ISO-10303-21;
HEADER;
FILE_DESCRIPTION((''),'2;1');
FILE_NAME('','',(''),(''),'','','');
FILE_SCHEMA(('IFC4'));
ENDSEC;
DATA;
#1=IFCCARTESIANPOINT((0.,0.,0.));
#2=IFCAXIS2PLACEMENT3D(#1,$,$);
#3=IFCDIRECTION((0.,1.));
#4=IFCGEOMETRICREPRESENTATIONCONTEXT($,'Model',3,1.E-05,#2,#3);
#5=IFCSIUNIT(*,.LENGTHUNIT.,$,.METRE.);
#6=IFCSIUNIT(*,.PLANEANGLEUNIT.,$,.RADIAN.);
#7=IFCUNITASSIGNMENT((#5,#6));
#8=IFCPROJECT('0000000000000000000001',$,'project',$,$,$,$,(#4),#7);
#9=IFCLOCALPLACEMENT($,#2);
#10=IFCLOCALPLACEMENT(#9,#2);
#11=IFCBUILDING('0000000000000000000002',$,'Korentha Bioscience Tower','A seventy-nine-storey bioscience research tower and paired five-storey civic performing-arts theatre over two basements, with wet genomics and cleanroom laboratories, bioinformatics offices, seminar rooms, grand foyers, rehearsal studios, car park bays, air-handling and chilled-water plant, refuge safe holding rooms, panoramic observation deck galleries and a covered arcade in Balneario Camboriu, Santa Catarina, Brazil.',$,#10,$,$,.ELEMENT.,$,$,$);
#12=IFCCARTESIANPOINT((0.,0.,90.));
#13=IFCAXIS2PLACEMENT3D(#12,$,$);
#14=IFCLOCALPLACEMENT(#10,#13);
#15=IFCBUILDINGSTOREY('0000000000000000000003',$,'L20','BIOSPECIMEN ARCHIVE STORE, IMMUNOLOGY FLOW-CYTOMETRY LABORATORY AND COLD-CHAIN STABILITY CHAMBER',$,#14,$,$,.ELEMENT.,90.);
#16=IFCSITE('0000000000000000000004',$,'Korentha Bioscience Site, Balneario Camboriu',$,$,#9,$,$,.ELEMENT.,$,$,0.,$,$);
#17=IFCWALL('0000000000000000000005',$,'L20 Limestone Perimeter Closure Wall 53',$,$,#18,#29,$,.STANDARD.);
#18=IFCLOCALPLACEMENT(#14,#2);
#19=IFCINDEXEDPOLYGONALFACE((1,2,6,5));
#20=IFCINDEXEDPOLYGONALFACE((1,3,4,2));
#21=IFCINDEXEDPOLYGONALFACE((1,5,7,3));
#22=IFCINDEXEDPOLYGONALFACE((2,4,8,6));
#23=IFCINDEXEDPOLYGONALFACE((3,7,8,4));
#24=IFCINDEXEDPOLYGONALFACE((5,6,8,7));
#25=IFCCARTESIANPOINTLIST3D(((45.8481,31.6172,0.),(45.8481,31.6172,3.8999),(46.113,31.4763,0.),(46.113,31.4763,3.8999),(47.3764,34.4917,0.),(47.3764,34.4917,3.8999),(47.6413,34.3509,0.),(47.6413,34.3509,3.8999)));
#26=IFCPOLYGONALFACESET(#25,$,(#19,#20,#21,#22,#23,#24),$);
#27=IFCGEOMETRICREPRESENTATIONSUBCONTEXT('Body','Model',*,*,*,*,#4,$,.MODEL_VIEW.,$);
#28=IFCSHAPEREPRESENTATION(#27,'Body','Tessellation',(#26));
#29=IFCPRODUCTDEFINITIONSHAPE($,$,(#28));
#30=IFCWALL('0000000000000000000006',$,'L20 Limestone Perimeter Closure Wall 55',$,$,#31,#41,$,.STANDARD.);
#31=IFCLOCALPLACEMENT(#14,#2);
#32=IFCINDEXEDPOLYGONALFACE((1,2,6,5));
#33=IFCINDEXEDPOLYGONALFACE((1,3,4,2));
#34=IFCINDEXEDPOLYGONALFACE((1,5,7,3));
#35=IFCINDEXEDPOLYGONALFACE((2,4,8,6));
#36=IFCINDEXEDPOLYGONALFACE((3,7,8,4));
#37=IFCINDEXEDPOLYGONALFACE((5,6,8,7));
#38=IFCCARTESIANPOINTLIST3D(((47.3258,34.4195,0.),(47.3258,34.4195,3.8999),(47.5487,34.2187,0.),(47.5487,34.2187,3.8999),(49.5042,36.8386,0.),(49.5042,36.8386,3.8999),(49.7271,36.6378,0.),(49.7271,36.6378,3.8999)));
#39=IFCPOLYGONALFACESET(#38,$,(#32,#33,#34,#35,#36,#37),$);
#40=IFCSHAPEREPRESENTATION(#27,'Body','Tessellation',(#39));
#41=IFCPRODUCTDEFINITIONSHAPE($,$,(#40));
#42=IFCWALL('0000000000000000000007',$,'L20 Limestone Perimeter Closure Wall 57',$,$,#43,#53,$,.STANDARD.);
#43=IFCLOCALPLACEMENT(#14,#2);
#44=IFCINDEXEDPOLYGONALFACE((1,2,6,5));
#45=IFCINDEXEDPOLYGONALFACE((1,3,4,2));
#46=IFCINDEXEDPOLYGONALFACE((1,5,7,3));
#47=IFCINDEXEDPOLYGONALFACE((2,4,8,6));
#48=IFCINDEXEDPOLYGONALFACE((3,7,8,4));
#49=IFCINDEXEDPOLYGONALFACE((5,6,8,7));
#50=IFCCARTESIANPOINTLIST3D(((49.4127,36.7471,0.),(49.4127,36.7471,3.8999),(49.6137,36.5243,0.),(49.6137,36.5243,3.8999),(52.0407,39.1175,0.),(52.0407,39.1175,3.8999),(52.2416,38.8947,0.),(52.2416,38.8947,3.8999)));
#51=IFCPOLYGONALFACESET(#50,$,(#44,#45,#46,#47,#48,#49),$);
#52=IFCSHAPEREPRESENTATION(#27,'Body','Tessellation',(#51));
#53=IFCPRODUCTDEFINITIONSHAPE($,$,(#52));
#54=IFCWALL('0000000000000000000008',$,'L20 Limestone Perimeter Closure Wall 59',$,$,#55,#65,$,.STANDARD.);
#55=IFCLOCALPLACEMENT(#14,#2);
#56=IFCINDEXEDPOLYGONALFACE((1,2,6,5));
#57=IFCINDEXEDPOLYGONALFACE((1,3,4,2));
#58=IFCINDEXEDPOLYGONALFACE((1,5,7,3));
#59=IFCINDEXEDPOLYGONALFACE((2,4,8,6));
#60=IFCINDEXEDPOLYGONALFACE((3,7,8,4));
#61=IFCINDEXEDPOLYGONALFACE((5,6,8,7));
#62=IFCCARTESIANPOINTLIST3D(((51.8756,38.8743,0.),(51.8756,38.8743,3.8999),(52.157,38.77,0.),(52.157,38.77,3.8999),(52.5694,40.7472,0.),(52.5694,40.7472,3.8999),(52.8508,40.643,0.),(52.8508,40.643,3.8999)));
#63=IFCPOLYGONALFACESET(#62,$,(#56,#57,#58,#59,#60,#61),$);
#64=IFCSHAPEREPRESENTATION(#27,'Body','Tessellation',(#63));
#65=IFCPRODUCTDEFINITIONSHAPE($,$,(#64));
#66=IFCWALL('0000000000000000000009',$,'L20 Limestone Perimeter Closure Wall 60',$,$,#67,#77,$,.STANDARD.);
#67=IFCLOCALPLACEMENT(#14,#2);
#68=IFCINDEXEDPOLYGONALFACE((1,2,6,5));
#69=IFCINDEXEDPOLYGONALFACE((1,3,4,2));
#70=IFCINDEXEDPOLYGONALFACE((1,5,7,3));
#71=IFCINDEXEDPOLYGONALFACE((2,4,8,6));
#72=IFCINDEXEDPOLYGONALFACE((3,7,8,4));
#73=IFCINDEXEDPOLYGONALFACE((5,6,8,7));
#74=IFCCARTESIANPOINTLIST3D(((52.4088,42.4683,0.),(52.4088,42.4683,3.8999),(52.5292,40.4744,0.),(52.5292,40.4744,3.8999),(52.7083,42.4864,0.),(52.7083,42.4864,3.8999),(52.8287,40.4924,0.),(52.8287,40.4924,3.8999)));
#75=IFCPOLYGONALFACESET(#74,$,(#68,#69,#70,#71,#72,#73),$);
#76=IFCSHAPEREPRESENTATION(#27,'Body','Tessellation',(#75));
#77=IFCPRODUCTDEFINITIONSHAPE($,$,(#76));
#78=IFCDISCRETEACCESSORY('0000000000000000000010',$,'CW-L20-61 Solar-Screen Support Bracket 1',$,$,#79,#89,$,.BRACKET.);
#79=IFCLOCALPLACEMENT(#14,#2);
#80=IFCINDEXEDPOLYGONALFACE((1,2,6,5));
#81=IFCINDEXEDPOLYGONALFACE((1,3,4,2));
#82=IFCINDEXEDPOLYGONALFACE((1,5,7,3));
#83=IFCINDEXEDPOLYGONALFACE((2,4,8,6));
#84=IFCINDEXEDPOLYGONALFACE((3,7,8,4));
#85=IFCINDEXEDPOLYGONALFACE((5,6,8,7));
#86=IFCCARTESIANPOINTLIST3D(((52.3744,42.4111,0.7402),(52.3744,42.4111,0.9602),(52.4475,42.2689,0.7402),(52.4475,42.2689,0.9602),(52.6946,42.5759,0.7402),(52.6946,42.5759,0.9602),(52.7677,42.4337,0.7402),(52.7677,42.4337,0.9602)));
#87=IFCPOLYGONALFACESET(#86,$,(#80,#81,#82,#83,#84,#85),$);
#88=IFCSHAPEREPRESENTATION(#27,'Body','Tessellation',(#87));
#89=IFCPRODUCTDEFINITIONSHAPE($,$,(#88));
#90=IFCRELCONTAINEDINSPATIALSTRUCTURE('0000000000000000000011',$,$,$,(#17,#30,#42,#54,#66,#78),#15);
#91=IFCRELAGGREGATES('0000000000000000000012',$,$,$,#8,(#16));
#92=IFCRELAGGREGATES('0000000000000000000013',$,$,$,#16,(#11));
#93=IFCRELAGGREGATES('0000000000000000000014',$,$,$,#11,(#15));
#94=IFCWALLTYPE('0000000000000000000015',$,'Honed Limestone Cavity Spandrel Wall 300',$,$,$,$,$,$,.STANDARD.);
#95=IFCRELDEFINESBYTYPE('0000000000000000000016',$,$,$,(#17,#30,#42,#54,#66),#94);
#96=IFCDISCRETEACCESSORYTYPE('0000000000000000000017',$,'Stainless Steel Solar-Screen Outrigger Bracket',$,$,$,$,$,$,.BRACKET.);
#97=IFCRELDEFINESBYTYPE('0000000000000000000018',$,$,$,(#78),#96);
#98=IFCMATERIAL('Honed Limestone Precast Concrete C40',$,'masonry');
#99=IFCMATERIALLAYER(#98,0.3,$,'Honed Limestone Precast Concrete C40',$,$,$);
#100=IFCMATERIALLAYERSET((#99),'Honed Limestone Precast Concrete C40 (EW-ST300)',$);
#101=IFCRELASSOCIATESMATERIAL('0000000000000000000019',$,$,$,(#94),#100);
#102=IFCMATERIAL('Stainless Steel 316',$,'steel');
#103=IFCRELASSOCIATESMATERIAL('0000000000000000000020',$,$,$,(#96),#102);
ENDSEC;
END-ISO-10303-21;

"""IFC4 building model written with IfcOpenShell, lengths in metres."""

from ifc_helpers import new_model, si_unit, direction, frame, frame_2d, origin, origin_2d, place, context, subcontext, project, spatial, rectangle, extrude, material, layer, layer_set, type_object, element, save


model = new_model("IFC4")

# Units and contexts
model_context = context("Model", 3, precision=1e-05, world=origin(), true_north=direction((0.0, 1.0)))
body_context = subcontext(model_context, "Body", "Model", "MODEL_VIEW")
ifc_project = project(units=[si_unit("LENGTHUNIT", "METRE"), si_unit("PLANEANGLEUNIT", "RADIAN")], contexts=[model_context])

# Site, building, storey
site_placement = place(None, origin())
site = spatial("IfcSite", under=ifc_project, at=site_placement, Name="Korentha Bioscience Site, Balneario Camboriu", CompositionType="ELEMENT", RefElevation=0.0)
building_placement = place(site_placement, origin())
building = spatial("IfcBuilding", under=site, at=building_placement, Name="Korentha Bioscience Tower", Description="A seventy-nine-storey bioscience research tower and paired five-storey civic performing-arts theatre over two basements, with wet genomics and cleanroom laboratories, bioinformatics offices, seminar rooms, grand foyers, rehearsal studios, car park bays, air-handling and chilled-water plant, refuge safe holding rooms, panoramic observation deck galleries and a covered arcade in Balneario Camboriu, Santa Catarina, Brazil.", CompositionType="ELEMENT")
storey_placement = place(building_placement, frame((0.0, 0.0, 90.0)))
storey = spatial("IfcBuildingStorey", under=building, at=storey_placement, Name="L20", Description="BIOSPECIMEN ARCHIVE STORE, IMMUNOLOGY FLOW-CYTOMETRY LABORATORY AND COLD-CHAIN STABILITY CHAMBER", CompositionType="ELEMENT", Elevation=90.0)

# Walls
ifc_material_1 = material(Name="Honed Limestone Precast Concrete C40", Category="masonry")
ifc_layer_1 = layer(ifc_material_1, 0.3, Name="Honed Limestone Precast Concrete C40")
ifc_layer_set_1 = layer_set([ifc_layer_1], Name="Honed Limestone Precast Concrete C40 (EW-ST300)")
wall_type_1 = type_object("IfcWallType", Name="Honed Limestone Cavity Spandrel Wall 300", PredefinedType="STANDARD", material=ifc_layer_set_1)
wall_1_placement = place(storey_placement, frame((45.9805, 31.5466, 0.0), z_axis=(0.0, 0.0, 1.0), x_axis=(0.469451, 0.882958, 0.0)))
element("IfcWall", 1, at=wall_1_placement, inside=storey, type_object=wall_type_1, Name="L20 Limestone Perimeter Closure Wall 53", PredefinedType="STANDARD", context=body_context, shape_type="SweptSolid", body=[
    extrude(rectangle(XDim=3.2556, YDim=0.3, at=frame_2d((1.6279, 0.0))), origin(), (0.0, 0.0, 1.0), 3.8999),
])
wall_2_placement = place(storey_placement, frame((47.4373, 34.3191, 0.0), z_axis=(0.0, 0.0, 1.0), x_axis=(0.669168, 0.743111, 0.0)))
element("IfcWall", 2, at=wall_2_placement, inside=storey, type_object=wall_type_1, Name="L20 Limestone Perimeter Closure Wall 55", PredefinedType="STANDARD", context=body_context, shape_type="SweptSolid", body=[
    extrude(rectangle(XDim=3.2554, YDim=0.3, at=frame_2d((1.6277, 0.0))), origin(), (0.0, 0.0, 1.0), 3.8999),
])
wall_3_placement = place(storey_placement, frame((49.5132, 36.6357, 0.0), z_axis=(0.0, 0.0, 1.0), x_axis=(0.74256, 0.66978, 0.0)))
element("IfcWall", 3, at=wall_3_placement, inside=storey, type_object=wall_type_1, Name="L20 Limestone Perimeter Closure Wall 57", PredefinedType="STANDARD", context=body_context, shape_type="SweptSolid", body=[
    extrude(rectangle(XDim=3.5391, YDim=0.3, at=frame_2d((1.7695, 0.0))), origin(), (0.0, 0.0, 1.0), 3.8999),
])
wall_4_placement = place(storey_placement, frame((52.0164, 38.8223, 0.0), z_axis=(0.0, 0.0, 1.0), x_axis=(0.34737, 0.937728, 0.0)))
element("IfcWall", 4, at=wall_4_placement, inside=storey, type_object=wall_type_1, Name="L20 Limestone Perimeter Closure Wall 59", PredefinedType="STANDARD", context=body_context, shape_type="SweptSolid", body=[
    extrude(rectangle(XDim=1.9973, YDim=0.3, at=frame_2d((0.9985, 0.0))), origin(), (0.0, 0.0, 1.0), 3.8999),
])
wall_5_placement = place(storey_placement, frame((52.679, 40.4834, 0.0), z_axis=(0.0, 0.0, 1.0), x_axis=(-0.060255, 0.998183, 0.0)))
element("IfcWall", 5, at=wall_5_placement, inside=storey, type_object=wall_type_1, Name="L20 Limestone Perimeter Closure Wall 60", PredefinedType="STANDARD", context=body_context, shape_type="SweptSolid", body=[
    extrude(rectangle(XDim=1.9976, YDim=0.3, at=frame_2d((0.9988, 0.0))), origin(), (0.0, 0.0, 1.0), 3.8999),
])

# Discrete accessory
ifc_material_2 = material(Name="Stainless Steel 316", Category="steel")
discrete_accessory_type = type_object("IfcDiscreteAccessoryType", Name="Stainless Steel Solar-Screen Outrigger Bracket", PredefinedType="BRACKET", material=ifc_material_2)
discrete_accessory_placement = place(storey_placement, frame((52.571, 42.4224, 0.7402), z_axis=(0.0, 0.0, 1.0), x_axis=(-0.457613, 0.889151, 0.0)))
element("IfcDiscreteAccessory", 6, at=discrete_accessory_placement, inside=storey, type_object=discrete_accessory_type, Name="CW-L20-61 Solar-Screen Support Bracket 1", PredefinedType="BRACKET", context=body_context, shape_type="SweptSolid", body=[
    extrude(rectangle(XDim=0.1599, YDim=0.3601, at=origin_2d()), origin(), (0.0, 0.0, 1.0), 0.22),
])

save(model, "model.ifc")
